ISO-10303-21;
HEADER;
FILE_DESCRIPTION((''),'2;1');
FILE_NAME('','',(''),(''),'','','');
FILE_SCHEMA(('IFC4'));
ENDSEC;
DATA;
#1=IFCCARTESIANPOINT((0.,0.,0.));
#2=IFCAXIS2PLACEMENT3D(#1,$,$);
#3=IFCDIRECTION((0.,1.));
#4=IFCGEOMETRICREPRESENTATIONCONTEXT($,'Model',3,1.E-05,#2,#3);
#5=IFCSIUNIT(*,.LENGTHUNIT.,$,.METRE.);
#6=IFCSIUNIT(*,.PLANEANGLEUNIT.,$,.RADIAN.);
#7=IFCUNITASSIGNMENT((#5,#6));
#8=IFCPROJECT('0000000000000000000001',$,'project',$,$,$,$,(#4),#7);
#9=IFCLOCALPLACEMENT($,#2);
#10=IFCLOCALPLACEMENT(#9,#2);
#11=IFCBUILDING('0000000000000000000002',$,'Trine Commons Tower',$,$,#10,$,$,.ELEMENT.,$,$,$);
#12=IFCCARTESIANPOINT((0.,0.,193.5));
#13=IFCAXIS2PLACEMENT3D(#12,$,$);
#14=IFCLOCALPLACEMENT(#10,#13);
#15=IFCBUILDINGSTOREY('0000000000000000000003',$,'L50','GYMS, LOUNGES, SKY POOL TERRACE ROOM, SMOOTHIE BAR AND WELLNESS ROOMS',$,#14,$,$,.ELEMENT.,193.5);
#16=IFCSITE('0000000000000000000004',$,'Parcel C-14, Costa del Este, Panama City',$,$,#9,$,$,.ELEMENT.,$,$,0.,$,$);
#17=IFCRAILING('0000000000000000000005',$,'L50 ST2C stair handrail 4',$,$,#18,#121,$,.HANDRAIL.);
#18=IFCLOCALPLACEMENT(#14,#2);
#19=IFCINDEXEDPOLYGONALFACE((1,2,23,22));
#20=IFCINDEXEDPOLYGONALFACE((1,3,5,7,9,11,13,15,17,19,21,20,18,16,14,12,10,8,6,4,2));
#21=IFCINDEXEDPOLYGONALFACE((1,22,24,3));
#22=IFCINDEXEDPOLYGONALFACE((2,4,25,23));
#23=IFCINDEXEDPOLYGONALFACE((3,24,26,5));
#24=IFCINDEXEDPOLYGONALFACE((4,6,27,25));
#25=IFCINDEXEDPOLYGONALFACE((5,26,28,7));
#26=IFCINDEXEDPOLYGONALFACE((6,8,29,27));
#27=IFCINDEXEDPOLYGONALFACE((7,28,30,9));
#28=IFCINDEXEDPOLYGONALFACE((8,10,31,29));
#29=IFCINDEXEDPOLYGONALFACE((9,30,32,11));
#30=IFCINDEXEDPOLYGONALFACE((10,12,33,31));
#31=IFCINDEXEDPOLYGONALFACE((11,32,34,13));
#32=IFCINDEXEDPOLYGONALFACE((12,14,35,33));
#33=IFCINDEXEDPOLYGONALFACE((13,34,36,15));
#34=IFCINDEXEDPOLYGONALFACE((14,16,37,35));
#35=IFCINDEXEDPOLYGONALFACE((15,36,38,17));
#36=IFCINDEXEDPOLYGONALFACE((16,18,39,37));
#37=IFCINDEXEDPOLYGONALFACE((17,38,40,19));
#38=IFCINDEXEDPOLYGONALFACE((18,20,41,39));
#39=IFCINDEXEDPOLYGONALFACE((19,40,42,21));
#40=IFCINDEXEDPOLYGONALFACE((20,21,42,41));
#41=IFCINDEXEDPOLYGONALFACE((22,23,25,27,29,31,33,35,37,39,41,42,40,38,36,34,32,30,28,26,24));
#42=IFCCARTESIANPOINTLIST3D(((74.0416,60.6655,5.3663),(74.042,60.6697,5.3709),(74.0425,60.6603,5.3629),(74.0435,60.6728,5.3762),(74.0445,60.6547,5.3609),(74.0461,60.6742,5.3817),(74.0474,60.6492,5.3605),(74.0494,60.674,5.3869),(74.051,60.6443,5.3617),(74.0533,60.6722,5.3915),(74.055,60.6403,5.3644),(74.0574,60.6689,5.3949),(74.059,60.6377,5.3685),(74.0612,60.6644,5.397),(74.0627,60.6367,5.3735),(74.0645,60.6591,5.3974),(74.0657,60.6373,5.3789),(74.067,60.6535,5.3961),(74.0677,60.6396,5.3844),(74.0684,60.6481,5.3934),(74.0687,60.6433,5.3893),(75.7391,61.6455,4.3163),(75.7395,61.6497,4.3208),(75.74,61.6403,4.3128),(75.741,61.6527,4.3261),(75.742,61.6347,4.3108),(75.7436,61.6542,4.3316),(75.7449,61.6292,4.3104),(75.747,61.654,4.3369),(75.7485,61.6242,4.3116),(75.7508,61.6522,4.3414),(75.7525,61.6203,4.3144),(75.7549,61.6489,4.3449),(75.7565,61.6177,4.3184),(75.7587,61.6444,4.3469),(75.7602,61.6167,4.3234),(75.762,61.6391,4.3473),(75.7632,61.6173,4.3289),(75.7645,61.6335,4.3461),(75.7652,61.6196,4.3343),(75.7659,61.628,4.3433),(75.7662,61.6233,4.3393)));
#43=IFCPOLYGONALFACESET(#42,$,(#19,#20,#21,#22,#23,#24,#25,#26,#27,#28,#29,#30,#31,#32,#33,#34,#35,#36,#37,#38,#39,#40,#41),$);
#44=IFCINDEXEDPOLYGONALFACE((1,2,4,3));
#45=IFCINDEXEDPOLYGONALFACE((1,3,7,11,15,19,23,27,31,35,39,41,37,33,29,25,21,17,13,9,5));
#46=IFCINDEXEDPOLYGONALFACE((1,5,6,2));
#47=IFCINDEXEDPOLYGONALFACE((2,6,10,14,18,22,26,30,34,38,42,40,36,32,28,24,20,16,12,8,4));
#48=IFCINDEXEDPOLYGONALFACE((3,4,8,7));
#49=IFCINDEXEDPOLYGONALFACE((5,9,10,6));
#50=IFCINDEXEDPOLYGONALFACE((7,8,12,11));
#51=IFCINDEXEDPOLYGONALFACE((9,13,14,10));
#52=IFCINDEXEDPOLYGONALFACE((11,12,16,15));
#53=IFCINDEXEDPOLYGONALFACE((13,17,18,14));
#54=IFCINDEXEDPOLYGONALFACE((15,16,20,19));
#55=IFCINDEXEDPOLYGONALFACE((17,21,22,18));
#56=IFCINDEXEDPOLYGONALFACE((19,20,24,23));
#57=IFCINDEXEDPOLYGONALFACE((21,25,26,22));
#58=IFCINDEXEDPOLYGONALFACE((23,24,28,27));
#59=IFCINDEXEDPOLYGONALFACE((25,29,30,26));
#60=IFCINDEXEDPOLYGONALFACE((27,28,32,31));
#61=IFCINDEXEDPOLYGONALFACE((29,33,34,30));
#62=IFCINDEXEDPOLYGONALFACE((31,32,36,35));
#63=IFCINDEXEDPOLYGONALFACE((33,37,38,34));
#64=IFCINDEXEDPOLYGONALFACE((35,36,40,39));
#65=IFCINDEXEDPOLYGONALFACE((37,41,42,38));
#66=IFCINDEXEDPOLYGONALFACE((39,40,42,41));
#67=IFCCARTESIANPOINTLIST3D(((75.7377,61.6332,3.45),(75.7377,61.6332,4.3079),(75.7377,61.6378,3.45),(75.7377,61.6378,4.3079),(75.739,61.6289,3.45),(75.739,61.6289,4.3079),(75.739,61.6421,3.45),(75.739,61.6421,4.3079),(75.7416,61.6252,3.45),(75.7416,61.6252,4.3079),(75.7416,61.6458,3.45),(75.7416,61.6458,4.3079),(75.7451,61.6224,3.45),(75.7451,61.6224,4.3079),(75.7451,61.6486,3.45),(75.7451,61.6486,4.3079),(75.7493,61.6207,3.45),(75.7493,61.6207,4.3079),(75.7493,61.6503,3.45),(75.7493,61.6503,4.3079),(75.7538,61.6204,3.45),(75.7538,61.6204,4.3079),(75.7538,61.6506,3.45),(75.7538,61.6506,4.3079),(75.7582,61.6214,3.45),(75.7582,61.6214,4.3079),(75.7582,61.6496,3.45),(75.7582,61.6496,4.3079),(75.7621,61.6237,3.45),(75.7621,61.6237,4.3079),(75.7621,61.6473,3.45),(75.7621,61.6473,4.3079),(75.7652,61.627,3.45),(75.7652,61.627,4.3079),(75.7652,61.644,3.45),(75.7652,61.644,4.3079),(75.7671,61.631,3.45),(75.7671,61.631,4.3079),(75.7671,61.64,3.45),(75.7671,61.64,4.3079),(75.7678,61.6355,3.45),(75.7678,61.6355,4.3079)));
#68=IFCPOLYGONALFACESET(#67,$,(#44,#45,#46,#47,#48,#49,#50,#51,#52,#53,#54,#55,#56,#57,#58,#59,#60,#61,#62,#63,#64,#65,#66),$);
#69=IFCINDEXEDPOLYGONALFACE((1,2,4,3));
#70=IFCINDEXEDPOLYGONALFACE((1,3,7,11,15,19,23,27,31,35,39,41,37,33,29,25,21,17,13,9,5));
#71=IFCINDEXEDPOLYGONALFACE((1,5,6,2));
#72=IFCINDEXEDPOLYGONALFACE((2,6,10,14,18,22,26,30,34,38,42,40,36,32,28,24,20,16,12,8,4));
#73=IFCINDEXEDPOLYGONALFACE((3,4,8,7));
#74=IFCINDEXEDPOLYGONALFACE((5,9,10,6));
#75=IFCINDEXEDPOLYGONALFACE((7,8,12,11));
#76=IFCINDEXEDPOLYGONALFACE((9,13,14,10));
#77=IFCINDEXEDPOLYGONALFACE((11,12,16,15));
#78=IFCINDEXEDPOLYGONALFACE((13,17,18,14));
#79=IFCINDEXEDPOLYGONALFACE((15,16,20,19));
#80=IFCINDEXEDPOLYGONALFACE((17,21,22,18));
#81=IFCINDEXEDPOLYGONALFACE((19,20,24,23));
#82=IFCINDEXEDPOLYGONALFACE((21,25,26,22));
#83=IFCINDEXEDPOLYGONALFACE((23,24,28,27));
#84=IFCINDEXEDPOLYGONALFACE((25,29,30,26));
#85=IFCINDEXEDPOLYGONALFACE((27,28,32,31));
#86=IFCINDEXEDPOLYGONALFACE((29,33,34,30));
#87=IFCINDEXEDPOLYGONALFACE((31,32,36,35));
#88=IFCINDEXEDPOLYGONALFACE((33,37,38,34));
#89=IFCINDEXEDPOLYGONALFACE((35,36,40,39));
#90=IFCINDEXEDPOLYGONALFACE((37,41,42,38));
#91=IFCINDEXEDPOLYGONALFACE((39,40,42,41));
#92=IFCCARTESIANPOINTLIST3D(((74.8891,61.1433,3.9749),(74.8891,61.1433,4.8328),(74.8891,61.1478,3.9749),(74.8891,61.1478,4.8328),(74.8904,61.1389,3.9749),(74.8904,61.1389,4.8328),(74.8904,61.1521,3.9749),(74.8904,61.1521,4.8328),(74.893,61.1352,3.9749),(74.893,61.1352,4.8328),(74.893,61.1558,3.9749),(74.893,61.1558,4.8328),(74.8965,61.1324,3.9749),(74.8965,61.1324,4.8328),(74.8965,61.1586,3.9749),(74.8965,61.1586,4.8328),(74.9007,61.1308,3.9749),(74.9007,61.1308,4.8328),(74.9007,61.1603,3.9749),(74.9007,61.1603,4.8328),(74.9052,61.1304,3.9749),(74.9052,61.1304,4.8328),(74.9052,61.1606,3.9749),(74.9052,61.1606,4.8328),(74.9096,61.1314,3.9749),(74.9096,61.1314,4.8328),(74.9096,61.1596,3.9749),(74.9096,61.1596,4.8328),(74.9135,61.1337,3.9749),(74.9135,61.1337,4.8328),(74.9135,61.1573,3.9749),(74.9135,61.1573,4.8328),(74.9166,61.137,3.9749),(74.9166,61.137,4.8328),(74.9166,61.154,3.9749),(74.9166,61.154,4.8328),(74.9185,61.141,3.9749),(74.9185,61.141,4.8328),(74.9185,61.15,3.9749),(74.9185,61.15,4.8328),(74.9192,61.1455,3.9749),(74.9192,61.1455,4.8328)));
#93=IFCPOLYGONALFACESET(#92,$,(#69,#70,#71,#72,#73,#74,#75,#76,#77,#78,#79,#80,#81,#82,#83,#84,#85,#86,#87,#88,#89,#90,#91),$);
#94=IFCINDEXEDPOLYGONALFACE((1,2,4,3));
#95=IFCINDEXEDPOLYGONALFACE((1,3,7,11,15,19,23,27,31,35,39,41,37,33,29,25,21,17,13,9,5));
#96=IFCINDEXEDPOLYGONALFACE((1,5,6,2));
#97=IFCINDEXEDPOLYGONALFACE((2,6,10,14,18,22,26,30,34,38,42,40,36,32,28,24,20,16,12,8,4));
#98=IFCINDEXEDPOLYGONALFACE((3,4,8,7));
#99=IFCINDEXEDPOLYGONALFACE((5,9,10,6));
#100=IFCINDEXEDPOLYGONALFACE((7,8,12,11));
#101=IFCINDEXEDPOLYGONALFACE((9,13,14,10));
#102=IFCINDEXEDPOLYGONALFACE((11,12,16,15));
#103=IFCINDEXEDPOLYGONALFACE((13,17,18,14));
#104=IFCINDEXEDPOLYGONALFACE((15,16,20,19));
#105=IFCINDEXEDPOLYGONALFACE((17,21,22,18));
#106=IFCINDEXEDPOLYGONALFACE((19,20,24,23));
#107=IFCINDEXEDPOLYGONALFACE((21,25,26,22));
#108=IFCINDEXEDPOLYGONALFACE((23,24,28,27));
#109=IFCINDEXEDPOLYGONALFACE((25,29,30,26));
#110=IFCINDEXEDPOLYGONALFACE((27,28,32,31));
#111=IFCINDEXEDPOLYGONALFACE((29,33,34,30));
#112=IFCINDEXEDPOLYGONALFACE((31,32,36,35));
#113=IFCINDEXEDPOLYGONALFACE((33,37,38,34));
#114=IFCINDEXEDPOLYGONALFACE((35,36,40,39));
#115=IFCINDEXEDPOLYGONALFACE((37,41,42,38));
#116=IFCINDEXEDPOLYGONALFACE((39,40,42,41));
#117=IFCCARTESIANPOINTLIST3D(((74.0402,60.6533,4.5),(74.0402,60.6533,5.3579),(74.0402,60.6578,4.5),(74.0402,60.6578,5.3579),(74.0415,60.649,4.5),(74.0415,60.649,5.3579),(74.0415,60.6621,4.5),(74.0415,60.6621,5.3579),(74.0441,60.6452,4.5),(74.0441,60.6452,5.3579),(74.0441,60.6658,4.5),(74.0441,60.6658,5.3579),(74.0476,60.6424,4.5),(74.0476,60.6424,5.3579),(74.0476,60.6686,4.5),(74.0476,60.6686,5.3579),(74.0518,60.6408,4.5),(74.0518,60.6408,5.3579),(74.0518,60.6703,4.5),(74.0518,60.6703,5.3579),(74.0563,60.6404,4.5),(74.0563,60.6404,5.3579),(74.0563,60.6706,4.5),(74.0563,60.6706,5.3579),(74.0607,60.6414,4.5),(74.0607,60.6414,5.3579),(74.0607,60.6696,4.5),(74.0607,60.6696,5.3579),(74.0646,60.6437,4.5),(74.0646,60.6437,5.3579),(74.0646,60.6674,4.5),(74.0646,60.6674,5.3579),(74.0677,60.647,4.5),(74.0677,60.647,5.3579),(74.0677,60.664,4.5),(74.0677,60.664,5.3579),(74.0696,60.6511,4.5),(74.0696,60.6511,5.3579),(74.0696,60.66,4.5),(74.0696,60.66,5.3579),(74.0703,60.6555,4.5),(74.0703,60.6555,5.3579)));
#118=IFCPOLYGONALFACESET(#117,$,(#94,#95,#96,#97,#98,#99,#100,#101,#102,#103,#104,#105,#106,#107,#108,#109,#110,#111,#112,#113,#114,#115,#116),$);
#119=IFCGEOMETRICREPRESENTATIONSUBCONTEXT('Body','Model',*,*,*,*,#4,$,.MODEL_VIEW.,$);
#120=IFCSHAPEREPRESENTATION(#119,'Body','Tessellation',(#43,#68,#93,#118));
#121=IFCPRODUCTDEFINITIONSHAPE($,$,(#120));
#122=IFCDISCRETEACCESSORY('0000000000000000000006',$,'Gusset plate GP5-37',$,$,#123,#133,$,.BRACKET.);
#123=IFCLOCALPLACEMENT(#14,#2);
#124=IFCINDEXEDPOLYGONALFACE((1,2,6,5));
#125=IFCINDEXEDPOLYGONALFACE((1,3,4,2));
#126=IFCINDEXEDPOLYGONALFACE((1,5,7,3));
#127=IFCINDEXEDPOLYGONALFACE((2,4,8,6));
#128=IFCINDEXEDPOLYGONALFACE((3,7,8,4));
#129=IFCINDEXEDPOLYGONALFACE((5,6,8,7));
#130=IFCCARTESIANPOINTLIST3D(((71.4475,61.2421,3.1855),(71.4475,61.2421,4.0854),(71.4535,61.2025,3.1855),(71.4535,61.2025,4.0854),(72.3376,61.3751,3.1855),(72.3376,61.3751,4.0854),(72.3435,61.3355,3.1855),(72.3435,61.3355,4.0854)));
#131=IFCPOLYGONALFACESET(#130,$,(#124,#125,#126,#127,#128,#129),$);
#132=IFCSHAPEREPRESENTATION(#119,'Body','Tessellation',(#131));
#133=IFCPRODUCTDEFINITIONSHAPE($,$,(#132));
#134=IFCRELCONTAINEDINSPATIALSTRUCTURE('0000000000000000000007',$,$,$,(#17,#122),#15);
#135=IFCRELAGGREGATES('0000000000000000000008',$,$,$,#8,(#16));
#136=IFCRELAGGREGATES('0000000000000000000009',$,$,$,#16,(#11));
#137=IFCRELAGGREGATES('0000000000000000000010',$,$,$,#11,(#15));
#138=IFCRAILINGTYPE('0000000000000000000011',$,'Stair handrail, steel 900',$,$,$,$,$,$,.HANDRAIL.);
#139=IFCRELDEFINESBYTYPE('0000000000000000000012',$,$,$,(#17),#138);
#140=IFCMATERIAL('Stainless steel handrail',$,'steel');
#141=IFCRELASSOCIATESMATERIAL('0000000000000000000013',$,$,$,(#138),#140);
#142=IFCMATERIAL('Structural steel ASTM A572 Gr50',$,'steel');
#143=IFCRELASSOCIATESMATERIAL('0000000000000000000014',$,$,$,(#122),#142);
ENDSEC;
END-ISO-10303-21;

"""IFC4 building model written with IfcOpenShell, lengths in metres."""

from ifc_helpers import new_model, si_unit, direction, frame, origin, origin_2d, place, context, subcontext, project, spatial, rectangle, circle, extrude, material, type_object, element, save


model = new_model("IFC4")

# Units and contexts
model_context = context("Model", 3, precision=1e-05, world=origin(), true_north=direction((0.0, 1.0)))
body_context = subcontext(model_context, "Body", "Model", "MODEL_VIEW")
ifc_project = project(units=[si_unit("LENGTHUNIT", "METRE"), si_unit("PLANEANGLEUNIT", "RADIAN")], contexts=[model_context])

# Site, building, storey
site_placement = place(None, origin())
site = spatial("IfcSite", under=ifc_project, at=site_placement, Name="Parcel C-14, Costa del Este, Panama City", CompositionType="ELEMENT", RefElevation=0.0)
building_placement = place(site_placement, origin())
building = spatial("IfcBuilding", under=site, at=building_placement, Name="Trine Commons Tower", CompositionType="ELEMENT")
storey_placement = place(building_placement, frame((0.0, 0.0, 193.5)))
storey = spatial("IfcBuildingStorey", under=building, at=storey_placement, Name="L50", Description="GYMS, LOUNGES, SKY POOL TERRACE ROOM, SMOOTHIE BAR AND WELLNESS ROOMS", CompositionType="ELEMENT", Elevation=193.5)

# Railing
ifc_material_1 = material(Name="Stainless steel handrail", Category="steel")
railing_type = type_object("IfcRailingType", Name="Stair handrail, steel 900", PredefinedType="HANDRAIL", material=ifc_material_1)
railing_1_placement = place(storey_placement, frame((75.7527, 61.6355, 3.45)))
element("IfcRailing", 1, at=railing_1_placement, inside=storey, type_object=railing_type, Name="L50 ST2C stair handrail 4", PredefinedType="HANDRAIL", context=body_context, shape_type="SweptSolid", body=[
    extrude(circle(Radius=0.021, at=origin_2d()), frame((0.0, 0.0, 0.8789), z_axis=(-0.763398, -0.440713, 0.472224), x_axis=(0.49997, -0.866042, 0.0)), (0.0, 0.0, 1.0), 2.2236),
    extrude(circle(Radius=0.0151, at=origin_2d()), origin(), (0.0, 0.0, 1.0), 0.8579),
    extrude(circle(Radius=0.0151, at=origin_2d()), frame((-0.8486, -0.49, 0.5249)), (0.0, 0.0, 1.0), 0.8579),
    extrude(circle(Radius=0.0151, at=origin_2d()), frame((-1.6975, -0.98, 1.05)), (0.0, 0.0, 1.0), 0.8579),
])

# Discrete accessory
ifc_material_2 = material(Name="Structural steel ASTM A572 Gr50", Category="steel")
discrete_accessory_placement = place(storey_placement, frame((71.8955, 61.2888, 3.1855), z_axis=(0.0, 0.0, 1.0), x_axis=(-0.989016, -0.147809, 0.0)))
element("IfcDiscreteAccessory", 2, at=discrete_accessory_placement, inside=storey, material=ifc_material_2, Name="Gusset plate GP5-37", PredefinedType="BRACKET", context=body_context, shape_type="SweptSolid", body=[
    extrude(rectangle(XDim=0.8999, YDim=0.04, at=origin_2d()), origin(), (0.0, 0.0, 1.0), 0.8999),
])

save(model, "model.ifc")
